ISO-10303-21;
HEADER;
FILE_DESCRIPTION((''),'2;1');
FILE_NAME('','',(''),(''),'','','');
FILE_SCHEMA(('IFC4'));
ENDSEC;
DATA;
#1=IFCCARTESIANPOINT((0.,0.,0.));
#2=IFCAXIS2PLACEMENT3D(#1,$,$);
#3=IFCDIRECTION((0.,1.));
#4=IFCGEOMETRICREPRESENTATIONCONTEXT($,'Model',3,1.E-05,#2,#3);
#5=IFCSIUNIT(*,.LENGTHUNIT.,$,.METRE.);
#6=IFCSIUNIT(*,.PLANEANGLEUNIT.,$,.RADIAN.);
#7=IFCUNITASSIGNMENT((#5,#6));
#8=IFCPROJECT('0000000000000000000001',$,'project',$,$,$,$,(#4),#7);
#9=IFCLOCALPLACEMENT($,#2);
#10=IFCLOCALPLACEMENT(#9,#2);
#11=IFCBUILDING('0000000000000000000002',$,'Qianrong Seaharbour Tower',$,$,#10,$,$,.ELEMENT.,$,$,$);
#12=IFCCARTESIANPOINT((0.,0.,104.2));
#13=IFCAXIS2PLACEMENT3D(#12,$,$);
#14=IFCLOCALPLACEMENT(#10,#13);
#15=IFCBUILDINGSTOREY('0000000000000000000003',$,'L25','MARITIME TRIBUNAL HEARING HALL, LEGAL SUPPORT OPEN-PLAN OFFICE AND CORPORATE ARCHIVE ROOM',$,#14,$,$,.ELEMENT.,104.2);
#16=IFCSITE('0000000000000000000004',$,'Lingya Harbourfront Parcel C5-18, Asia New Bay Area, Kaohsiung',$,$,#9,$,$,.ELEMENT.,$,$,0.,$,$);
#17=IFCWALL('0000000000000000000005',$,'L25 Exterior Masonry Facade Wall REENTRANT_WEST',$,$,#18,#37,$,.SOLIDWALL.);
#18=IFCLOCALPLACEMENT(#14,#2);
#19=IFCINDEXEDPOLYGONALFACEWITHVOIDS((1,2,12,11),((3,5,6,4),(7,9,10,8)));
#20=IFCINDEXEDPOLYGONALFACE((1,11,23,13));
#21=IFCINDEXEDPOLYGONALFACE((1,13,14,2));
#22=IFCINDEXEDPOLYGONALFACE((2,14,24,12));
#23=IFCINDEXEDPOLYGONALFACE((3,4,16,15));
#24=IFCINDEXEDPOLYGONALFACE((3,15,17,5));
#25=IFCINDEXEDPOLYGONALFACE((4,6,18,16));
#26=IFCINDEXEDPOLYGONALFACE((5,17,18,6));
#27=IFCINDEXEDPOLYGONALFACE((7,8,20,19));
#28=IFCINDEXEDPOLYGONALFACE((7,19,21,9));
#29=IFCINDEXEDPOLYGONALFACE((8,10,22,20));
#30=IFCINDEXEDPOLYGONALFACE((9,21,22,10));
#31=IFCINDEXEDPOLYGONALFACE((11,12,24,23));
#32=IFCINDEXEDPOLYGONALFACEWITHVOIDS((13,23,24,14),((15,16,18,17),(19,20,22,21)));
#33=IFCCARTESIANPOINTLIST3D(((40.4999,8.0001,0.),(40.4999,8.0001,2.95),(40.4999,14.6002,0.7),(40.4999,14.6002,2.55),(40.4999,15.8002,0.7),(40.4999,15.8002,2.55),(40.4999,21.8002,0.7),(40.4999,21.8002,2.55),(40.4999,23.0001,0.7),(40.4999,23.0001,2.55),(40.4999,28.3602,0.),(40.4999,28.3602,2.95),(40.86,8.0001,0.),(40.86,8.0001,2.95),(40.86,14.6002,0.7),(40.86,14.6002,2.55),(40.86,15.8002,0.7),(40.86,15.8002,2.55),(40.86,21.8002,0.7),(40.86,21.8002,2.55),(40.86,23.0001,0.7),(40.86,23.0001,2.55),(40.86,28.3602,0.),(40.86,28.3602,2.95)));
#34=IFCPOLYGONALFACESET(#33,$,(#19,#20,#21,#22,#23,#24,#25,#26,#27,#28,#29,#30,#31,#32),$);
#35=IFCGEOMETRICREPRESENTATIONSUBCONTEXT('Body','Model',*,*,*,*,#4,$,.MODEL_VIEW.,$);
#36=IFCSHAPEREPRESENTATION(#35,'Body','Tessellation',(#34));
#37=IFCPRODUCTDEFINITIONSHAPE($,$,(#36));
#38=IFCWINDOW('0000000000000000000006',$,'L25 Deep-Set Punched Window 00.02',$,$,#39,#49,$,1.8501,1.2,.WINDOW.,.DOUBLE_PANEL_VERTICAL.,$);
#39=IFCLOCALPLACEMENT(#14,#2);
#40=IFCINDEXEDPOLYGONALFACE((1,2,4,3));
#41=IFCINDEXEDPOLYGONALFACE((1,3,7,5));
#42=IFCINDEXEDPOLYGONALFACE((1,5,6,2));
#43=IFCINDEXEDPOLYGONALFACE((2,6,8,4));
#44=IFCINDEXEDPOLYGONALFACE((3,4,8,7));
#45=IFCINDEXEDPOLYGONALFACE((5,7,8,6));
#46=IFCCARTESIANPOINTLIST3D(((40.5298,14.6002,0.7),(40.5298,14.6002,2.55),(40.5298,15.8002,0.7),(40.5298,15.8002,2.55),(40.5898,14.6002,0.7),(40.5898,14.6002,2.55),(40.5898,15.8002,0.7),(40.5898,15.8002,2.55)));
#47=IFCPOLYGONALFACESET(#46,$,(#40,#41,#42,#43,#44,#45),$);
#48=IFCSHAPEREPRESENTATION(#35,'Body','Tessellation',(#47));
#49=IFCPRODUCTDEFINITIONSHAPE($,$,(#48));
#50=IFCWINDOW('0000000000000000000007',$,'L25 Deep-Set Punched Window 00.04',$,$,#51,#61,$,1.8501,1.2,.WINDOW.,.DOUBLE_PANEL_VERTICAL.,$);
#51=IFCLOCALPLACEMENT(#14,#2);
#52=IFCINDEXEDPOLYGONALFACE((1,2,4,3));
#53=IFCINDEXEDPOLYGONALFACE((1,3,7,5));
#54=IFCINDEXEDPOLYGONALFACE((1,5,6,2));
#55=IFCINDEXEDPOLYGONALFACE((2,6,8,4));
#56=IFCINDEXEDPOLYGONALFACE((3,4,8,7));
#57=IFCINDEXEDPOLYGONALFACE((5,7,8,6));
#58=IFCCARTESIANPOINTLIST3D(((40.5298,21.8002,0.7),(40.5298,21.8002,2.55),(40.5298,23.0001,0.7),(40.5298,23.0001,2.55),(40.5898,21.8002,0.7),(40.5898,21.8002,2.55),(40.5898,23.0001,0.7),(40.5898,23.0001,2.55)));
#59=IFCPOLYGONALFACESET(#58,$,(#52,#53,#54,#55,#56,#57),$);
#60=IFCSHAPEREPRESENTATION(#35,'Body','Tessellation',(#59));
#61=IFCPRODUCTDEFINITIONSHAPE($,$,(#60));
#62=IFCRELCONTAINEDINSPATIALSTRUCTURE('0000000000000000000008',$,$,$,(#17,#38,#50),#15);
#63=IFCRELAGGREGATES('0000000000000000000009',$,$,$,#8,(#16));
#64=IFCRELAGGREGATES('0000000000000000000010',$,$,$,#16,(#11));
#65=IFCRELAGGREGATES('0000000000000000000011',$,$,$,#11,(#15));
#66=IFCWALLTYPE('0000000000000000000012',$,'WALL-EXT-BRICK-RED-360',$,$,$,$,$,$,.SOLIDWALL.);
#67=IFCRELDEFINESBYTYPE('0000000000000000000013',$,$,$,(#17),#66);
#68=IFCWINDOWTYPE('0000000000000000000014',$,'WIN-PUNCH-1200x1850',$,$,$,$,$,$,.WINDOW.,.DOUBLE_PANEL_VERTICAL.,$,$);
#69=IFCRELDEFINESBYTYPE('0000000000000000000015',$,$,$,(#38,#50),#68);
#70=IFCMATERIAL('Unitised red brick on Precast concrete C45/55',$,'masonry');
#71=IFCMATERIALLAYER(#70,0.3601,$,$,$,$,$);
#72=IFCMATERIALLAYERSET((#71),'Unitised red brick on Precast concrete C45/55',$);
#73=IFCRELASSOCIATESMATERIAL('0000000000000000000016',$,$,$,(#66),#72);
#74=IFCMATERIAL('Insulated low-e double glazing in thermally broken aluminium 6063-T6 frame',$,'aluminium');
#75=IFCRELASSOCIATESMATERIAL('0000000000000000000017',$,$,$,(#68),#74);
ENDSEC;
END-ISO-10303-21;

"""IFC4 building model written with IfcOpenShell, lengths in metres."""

from ifc_helpers import new_model, si_unit, direction, frame, frame_2d, origin, place, context, subcontext, project, spatial, rectangle, extrude, material, layer, layer_set, type_object, element, fill, save


model = new_model("IFC4")

# Units and contexts
model_context = context("Model", 3, precision=1e-05, world=origin(), true_north=direction((0.0, 1.0)))
body_context = subcontext(model_context, "Body", "Model", "MODEL_VIEW")
ifc_project = project(units=[si_unit("LENGTHUNIT", "METRE"), si_unit("PLANEANGLEUNIT", "RADIAN")], contexts=[model_context])

# Site, building, storey
site_placement = place(None, origin())
site = spatial("IfcSite", under=ifc_project, at=site_placement, Name="Lingya Harbourfront Parcel C5-18, Asia New Bay Area, Kaohsiung", CompositionType="ELEMENT", RefElevation=0.0)
building_placement = place(site_placement, origin())
building = spatial("IfcBuilding", under=site, at=building_placement, Name="Qianrong Seaharbour Tower", CompositionType="ELEMENT")
storey_placement = place(building_placement, frame((0.0, 0.0, 104.2)))
storey = spatial("IfcBuildingStorey", under=building, at=storey_placement, Name="L25", Description="MARITIME TRIBUNAL HEARING HALL, LEGAL SUPPORT OPEN-PLAN OFFICE AND CORPORATE ARCHIVE ROOM", CompositionType="ELEMENT", Elevation=104.2)

# Wall, openings, windows
ifc_material_1 = material(Name="Unitised red brick on Precast concrete C45/55", Category="masonry")
ifc_layer = layer(ifc_material_1, 0.3601)
ifc_layer_set = layer_set([ifc_layer], Name="Unitised red brick on Precast concrete C45/55")
wall_type = type_object("IfcWallType", Name="WALL-EXT-BRICK-RED-360", PredefinedType="SOLIDWALL", material=ifc_layer_set)
wall_placement = place(storey_placement, frame((40.6799, 8.0, 0.0), z_axis=(0.0, 0.0, 1.0), x_axis=(0.0, 1.0, 0.0)))
wall = element("IfcWall", 1, at=wall_placement, inside=storey, type_object=wall_type, Name="L25 Exterior Masonry Facade Wall REENTRANT_WEST", PredefinedType="SOLIDWALL", context=body_context, shape_type="SweptSolid", body=[
    extrude(rectangle(XDim=20.3601, YDim=0.3601, at=frame_2d((10.1802, 0.0))), origin(), (0.0, 0.0, 1.0), 2.95),
])
opening_1_placement = place(wall_placement, frame((6.6001, 0.0, 0.7)))
opening_1 = element("IfcOpeningElement", 2, at=opening_1_placement, cuts=wall, PredefinedType="OPENING", context=body_context, shape_type="SweptSolid", body=[
    extrude(rectangle(XDim=1.2, YDim=1.8501, at=frame_2d((0.6001, 0.925))), frame((0.0, 0.1899, 0.0), z_axis=(0.0, -1.0, 0.0), x_axis=(1.0, 0.0, 0.0)), (0.0, 0.0, 1.0), 0.3801),
])
opening_2_placement = place(wall_placement, frame((13.8, 0.0, 0.7)))
opening_2 = element("IfcOpeningElement", 3, at=opening_2_placement, cuts=wall, PredefinedType="OPENING", context=body_context, shape_type="SweptSolid", body=[
    extrude(rectangle(XDim=1.2, YDim=1.8501, at=frame_2d((0.6001, 0.925))), frame((0.0, 0.1899, 0.0), z_axis=(0.0, -1.0, 0.0), x_axis=(1.0, 0.0, 0.0)), (0.0, 0.0, 1.0), 0.3801),
])
ifc_material_2 = material(Name="Insulated low-e double glazing in thermally broken aluminium 6063-T6 frame", Category="aluminium")
window_type = type_object("IfcWindowType", Name="WIN-PUNCH-1200x1850", PartitioningType="DOUBLE_PANEL_VERTICAL", PredefinedType="WINDOW", material=ifc_material_2)
window_1_placement = place(opening_1_placement, origin())
window_1 = element("IfcWindow", 4, at=window_1_placement, inside=storey, type_object=window_type, Name="L25 Deep-Set Punched Window 00.02", OverallHeight=1.8501, OverallWidth=1.2, PartitioningType="DOUBLE_PANEL_VERTICAL", PredefinedType="WINDOW", context=body_context, shape_type="SweptSolid", body=[
    extrude(rectangle(XDim=1.2, YDim=1.8501, at=frame_2d((0.6001, 0.925))), frame((0.0, 0.1501, 0.0), z_axis=(0.0, -1.0, 0.0), x_axis=(1.0, 0.0, 0.0)), (0.0, 0.0, 1.0), 0.0601),
])
fill(opening_1, window_1)
window_2_placement = place(opening_2_placement, origin())
window_2 = element("IfcWindow", 5, at=window_2_placement, inside=storey, type_object=window_type, Name="L25 Deep-Set Punched Window 00.04", OverallHeight=1.8501, OverallWidth=1.2, PartitioningType="DOUBLE_PANEL_VERTICAL", PredefinedType="WINDOW", context=body_context, shape_type="SweptSolid", body=[
    extrude(rectangle(XDim=1.2, YDim=1.8501, at=frame_2d((0.6001, 0.925))), frame((0.0, 0.1501, 0.0), z_axis=(0.0, -1.0, 0.0), x_axis=(1.0, 0.0, 0.0)), (0.0, 0.0, 1.0), 0.0601),
])
fill(opening_2, window_2)

save(model, "model.ifc")
